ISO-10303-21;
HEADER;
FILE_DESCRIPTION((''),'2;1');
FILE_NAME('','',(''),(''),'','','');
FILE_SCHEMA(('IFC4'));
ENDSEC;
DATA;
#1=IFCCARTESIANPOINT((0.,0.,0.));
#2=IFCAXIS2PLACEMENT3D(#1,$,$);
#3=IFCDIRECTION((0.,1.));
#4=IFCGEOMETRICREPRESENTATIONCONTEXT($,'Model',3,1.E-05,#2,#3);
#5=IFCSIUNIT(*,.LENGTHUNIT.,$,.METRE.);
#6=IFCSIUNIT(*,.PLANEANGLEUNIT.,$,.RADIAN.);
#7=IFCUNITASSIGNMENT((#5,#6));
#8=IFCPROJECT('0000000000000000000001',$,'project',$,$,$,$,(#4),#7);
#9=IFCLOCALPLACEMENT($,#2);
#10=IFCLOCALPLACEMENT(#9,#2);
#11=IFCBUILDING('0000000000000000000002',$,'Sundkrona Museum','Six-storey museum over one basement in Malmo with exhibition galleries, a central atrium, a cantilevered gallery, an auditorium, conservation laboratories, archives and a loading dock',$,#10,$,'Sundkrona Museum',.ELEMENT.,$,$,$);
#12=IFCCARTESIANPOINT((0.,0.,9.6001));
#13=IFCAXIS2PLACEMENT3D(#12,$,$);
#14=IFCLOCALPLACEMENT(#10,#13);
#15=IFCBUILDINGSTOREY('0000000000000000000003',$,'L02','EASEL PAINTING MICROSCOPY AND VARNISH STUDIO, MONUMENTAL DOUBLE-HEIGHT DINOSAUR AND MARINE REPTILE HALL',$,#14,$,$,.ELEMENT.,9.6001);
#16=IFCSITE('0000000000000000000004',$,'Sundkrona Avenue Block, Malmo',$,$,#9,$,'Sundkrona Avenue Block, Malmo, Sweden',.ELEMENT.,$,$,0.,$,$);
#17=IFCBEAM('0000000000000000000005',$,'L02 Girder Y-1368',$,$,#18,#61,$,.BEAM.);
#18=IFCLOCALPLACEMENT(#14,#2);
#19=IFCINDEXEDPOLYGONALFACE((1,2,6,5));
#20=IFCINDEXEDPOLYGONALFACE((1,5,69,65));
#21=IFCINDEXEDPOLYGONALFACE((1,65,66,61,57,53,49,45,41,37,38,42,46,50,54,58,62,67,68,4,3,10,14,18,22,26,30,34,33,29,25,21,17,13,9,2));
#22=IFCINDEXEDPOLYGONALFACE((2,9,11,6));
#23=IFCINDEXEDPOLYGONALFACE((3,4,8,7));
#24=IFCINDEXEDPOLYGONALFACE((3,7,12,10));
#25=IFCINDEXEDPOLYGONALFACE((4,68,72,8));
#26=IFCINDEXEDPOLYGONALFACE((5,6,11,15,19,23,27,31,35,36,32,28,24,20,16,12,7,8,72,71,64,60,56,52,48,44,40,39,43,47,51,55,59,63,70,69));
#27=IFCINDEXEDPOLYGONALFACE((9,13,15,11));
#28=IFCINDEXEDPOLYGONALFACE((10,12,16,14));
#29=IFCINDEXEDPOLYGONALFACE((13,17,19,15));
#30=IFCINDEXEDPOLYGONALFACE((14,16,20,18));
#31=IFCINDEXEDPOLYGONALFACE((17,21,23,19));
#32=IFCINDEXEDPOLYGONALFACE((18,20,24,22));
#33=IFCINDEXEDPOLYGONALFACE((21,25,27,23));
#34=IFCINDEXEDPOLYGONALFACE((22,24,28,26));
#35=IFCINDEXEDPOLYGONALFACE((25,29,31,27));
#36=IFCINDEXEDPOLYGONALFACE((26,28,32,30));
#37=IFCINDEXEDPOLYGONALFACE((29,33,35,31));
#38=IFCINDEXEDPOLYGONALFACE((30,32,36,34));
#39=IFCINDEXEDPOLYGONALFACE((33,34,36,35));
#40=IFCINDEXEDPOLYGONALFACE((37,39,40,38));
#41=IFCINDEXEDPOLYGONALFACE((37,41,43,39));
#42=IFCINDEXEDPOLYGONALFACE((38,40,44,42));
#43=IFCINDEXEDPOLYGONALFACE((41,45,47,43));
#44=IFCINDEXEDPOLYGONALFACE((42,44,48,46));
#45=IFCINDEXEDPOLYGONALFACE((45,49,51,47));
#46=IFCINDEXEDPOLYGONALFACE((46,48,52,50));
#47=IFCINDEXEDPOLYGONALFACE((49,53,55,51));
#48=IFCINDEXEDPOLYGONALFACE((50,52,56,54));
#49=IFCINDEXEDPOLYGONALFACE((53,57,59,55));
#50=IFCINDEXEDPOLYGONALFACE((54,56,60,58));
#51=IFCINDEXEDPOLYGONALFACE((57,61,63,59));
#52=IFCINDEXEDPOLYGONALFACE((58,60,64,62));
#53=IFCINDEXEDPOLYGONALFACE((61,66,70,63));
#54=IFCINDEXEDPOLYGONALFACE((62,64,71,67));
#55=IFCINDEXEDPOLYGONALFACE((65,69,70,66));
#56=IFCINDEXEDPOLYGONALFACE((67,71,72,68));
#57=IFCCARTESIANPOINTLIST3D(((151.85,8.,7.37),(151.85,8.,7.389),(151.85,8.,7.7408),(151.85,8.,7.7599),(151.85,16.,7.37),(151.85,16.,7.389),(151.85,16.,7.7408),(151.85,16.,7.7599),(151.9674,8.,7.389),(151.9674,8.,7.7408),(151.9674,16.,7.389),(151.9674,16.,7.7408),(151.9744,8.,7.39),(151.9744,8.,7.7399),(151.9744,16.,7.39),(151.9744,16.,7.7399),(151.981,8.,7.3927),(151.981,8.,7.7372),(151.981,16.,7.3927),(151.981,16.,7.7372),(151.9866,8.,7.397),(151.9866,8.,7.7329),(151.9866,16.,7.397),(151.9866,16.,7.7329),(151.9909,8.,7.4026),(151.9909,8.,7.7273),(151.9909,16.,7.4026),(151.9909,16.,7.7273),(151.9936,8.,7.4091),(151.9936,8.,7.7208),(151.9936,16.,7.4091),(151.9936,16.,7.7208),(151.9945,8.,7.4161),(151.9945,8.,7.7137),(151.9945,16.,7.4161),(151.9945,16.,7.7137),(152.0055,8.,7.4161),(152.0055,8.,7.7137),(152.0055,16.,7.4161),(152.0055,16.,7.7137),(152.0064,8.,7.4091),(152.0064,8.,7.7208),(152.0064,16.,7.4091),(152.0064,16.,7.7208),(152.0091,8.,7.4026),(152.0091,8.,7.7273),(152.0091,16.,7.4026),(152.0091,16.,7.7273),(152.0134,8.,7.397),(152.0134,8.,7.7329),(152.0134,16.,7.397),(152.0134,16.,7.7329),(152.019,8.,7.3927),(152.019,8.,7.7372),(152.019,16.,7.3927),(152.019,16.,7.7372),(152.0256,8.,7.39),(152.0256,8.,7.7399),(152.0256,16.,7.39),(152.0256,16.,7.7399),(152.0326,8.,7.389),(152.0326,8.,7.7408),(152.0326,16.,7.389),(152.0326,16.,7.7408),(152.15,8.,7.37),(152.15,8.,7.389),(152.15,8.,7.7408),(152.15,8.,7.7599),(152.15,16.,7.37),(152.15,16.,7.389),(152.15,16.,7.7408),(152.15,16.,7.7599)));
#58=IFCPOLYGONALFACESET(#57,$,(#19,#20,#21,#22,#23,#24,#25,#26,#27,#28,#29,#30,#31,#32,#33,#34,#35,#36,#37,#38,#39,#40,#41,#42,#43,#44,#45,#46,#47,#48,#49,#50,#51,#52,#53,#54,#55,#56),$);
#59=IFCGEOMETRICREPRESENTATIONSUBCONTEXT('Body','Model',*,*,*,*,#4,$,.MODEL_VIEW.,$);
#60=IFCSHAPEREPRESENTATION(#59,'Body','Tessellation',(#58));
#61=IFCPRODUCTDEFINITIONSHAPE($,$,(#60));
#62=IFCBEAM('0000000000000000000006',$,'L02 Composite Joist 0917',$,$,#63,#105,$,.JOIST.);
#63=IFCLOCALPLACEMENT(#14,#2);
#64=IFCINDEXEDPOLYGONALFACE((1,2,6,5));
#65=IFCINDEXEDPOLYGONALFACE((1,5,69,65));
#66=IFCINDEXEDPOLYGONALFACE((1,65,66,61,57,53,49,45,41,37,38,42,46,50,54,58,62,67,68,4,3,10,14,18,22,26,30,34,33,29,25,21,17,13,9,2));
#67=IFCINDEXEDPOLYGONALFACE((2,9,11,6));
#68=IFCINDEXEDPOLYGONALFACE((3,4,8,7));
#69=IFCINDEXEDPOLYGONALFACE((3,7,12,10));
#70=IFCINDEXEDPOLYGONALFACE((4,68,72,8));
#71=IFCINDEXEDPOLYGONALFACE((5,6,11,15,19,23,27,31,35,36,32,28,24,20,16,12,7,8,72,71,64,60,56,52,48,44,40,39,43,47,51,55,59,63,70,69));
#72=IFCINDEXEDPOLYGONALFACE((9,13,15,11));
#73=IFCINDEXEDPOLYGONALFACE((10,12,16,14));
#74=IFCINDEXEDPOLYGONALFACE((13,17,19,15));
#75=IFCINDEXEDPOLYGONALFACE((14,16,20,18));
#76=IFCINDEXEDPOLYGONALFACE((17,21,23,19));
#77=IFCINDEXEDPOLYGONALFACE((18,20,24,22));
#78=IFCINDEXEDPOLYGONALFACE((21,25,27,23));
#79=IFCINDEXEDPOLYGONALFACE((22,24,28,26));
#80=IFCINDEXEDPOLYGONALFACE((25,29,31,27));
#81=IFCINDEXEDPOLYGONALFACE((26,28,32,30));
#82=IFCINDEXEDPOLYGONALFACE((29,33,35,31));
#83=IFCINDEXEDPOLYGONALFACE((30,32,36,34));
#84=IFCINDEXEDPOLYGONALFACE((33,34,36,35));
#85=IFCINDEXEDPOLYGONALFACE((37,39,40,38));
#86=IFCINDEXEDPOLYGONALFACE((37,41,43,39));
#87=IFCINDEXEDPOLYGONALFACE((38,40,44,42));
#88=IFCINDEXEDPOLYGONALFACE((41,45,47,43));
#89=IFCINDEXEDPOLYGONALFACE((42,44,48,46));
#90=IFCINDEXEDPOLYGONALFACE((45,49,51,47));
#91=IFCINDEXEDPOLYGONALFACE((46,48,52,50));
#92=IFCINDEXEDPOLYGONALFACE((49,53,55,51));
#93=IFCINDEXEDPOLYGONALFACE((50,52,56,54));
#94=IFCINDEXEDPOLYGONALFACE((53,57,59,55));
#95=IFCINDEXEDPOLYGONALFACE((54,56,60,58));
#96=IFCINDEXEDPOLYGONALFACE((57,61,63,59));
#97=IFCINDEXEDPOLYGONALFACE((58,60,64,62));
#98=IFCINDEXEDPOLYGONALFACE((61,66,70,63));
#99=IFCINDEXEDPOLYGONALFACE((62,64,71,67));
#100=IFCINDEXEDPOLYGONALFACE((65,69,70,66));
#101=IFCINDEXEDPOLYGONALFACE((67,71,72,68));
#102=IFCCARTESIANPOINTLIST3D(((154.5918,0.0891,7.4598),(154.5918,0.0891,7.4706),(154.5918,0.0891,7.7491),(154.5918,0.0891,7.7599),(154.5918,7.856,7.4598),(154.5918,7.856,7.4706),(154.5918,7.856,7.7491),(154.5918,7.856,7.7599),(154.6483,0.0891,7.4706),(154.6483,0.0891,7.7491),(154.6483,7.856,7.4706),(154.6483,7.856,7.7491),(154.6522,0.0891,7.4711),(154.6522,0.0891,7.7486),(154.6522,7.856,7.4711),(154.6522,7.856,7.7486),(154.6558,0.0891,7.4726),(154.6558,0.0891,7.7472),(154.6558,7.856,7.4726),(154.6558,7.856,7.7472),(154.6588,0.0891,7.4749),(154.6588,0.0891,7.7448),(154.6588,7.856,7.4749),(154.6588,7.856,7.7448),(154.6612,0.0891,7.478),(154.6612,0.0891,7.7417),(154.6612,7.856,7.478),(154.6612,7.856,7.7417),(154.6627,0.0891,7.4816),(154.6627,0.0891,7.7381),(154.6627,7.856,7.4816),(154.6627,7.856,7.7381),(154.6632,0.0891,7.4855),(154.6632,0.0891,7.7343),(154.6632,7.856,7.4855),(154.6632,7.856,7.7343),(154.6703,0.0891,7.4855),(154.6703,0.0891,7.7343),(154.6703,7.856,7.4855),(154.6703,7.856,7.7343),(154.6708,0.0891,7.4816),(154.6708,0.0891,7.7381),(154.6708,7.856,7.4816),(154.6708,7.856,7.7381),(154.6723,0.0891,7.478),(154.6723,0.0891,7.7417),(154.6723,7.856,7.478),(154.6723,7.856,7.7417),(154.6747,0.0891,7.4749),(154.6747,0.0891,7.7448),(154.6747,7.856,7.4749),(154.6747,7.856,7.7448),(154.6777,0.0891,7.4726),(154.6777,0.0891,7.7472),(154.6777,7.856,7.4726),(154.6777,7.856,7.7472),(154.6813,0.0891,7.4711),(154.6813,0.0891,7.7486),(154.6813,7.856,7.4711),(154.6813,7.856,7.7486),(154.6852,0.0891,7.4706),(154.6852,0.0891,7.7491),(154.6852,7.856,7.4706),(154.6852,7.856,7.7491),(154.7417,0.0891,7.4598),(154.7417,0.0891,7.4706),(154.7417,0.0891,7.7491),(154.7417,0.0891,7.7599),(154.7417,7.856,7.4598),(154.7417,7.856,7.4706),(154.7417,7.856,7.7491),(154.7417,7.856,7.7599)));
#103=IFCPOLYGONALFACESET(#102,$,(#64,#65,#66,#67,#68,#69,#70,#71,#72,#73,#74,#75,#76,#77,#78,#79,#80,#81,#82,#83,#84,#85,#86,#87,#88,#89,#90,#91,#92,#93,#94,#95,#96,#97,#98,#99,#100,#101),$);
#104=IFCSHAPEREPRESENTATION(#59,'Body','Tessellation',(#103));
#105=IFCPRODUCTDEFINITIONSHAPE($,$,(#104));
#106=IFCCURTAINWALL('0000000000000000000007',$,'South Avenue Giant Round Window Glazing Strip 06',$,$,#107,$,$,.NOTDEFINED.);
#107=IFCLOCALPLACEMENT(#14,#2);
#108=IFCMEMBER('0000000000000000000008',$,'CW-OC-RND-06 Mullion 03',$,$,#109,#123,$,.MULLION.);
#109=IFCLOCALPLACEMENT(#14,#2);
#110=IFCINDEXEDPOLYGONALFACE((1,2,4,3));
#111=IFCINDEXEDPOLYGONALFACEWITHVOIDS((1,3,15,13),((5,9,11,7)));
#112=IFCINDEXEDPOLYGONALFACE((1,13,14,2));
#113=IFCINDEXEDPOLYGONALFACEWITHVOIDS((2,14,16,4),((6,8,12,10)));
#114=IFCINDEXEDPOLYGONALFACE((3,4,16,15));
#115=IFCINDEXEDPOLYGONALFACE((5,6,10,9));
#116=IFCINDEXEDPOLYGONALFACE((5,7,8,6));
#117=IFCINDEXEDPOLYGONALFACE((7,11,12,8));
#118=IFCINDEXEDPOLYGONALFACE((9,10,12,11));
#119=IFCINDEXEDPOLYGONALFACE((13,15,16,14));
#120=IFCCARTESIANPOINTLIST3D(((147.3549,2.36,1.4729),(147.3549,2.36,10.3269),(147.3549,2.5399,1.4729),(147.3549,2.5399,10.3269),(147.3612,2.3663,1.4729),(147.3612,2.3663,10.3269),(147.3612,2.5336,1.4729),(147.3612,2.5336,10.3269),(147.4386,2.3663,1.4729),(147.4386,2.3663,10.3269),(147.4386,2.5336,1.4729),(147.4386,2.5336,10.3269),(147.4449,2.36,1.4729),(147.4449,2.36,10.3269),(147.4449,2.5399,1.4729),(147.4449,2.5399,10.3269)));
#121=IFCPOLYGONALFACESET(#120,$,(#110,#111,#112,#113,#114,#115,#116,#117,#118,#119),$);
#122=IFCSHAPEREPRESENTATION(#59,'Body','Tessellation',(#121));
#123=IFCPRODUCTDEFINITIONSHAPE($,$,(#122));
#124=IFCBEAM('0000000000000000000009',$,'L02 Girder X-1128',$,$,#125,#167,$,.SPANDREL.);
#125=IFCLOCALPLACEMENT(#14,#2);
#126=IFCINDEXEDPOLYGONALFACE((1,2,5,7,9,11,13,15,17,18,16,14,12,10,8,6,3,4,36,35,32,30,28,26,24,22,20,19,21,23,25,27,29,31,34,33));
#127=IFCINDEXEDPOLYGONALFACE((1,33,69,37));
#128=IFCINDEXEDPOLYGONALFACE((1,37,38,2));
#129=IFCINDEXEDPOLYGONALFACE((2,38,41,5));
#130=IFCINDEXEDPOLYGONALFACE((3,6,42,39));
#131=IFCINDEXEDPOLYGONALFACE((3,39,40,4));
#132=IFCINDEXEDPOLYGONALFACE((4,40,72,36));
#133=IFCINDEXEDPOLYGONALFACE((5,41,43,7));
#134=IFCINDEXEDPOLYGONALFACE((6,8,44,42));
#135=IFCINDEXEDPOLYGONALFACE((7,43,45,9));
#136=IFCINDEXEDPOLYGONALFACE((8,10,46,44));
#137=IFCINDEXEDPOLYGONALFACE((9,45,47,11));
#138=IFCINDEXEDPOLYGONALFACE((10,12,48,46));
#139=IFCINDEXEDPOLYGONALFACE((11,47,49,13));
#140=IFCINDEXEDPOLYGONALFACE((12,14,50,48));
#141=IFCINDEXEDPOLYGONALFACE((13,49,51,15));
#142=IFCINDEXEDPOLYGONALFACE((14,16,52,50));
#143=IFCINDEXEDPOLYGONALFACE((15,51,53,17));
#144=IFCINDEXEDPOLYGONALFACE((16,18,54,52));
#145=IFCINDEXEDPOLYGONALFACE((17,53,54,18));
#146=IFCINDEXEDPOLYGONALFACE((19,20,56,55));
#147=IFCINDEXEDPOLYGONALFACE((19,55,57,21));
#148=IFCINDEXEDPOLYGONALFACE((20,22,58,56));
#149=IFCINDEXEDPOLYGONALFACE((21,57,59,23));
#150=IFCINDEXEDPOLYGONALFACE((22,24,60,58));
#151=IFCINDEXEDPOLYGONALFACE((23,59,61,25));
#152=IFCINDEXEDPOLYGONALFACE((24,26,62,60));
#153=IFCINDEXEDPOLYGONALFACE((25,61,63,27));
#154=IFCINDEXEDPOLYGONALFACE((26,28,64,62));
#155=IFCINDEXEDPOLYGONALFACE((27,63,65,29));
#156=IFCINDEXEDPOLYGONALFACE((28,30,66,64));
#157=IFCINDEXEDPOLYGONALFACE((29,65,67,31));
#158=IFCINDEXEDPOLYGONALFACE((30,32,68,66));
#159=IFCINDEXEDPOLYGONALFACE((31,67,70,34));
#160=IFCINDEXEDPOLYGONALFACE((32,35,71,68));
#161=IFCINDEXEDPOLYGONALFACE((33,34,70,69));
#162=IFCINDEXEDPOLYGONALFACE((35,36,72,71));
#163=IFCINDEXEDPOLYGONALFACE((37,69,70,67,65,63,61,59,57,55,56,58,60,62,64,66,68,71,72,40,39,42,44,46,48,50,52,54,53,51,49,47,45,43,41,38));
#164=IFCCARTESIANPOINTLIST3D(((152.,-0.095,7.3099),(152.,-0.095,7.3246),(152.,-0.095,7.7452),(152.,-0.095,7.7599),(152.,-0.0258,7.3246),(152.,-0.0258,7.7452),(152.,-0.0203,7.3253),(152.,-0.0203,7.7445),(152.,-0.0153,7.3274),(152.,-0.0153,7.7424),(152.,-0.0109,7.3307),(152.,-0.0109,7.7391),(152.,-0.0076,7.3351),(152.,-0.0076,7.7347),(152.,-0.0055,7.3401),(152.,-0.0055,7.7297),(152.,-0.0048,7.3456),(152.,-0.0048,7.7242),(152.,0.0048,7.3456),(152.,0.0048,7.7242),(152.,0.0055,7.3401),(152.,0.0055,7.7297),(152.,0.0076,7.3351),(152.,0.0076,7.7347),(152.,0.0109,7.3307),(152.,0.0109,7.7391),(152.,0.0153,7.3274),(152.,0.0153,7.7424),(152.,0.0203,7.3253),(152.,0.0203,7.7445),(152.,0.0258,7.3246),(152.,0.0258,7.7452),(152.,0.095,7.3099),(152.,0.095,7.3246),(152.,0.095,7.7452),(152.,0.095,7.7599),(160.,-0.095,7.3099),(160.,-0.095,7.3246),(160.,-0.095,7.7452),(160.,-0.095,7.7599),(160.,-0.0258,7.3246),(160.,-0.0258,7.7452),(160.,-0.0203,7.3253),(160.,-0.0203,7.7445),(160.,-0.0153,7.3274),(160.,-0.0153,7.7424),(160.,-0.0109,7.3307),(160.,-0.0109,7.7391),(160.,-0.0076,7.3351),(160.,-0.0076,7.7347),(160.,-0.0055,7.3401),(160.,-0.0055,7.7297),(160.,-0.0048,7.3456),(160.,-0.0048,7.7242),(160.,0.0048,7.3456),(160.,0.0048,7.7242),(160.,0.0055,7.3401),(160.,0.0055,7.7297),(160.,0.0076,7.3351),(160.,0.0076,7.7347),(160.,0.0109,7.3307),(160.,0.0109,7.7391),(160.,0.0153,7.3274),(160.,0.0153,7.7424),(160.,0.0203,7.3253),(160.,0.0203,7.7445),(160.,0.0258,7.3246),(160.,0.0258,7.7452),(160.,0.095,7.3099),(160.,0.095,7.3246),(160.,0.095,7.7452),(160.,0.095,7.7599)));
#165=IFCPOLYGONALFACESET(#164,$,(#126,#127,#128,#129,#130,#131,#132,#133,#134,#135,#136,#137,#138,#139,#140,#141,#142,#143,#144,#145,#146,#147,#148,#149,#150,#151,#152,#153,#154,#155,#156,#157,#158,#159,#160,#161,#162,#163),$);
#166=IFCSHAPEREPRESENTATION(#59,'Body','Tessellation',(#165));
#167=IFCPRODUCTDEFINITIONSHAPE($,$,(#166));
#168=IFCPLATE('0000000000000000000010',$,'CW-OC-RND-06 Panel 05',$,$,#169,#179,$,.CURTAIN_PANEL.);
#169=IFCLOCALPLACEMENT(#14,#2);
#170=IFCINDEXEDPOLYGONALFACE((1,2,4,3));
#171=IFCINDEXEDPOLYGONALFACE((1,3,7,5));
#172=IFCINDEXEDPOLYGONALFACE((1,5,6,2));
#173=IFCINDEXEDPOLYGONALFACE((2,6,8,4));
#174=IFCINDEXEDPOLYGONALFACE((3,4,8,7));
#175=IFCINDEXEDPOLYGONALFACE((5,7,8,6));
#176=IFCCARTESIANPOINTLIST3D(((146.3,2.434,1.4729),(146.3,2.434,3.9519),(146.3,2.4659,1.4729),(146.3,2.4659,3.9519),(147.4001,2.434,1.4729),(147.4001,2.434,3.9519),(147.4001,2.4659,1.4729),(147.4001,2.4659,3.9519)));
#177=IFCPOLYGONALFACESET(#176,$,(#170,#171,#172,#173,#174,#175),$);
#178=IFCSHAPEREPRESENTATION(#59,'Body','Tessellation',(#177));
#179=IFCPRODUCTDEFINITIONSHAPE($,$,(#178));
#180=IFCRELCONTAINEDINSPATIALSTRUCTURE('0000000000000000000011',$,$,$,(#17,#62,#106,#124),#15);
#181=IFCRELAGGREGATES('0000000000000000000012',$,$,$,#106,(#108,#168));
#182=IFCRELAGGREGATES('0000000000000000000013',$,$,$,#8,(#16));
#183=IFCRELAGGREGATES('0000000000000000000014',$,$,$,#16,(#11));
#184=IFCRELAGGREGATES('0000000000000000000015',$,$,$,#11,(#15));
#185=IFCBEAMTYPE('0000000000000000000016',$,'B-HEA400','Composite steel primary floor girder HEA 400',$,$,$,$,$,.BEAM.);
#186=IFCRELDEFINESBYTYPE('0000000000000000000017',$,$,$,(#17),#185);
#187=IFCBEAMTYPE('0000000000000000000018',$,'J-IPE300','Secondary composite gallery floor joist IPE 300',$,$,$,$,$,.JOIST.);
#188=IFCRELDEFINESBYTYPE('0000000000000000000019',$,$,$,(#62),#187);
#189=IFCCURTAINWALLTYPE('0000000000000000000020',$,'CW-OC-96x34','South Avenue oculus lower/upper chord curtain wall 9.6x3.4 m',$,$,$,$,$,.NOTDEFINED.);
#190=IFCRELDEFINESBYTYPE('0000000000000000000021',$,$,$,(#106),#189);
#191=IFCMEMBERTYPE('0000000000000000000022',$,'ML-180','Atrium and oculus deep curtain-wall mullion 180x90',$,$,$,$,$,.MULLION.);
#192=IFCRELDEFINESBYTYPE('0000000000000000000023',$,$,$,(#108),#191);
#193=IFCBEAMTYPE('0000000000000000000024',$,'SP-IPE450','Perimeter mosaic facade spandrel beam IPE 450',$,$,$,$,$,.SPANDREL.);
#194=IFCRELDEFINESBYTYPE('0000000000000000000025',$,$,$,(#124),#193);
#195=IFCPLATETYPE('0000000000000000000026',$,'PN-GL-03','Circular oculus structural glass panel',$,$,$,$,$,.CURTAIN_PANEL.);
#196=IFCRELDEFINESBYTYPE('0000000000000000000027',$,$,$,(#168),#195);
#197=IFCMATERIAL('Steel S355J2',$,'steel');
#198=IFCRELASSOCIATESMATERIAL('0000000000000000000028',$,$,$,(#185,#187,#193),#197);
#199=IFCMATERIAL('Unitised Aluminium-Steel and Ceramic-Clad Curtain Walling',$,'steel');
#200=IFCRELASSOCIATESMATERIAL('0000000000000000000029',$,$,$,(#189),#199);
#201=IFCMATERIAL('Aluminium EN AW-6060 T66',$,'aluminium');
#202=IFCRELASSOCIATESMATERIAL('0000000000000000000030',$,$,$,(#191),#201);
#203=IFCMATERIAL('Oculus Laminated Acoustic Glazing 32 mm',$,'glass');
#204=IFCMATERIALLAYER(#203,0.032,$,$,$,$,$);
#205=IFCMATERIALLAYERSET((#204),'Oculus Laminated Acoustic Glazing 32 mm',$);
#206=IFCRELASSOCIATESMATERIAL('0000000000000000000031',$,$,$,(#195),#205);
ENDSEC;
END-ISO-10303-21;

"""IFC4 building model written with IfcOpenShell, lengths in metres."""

from ifc_helpers import new_model, si_unit, direction, frame, origin, origin_2d, place, context, subcontext, project, spatial, rectangle, hollow_rectangle, i_section, extrude, material, layer, layer_set, material_profile, profile_set, type_object, element, aggregate, save


model = new_model("IFC4")

# Units and contexts
model_context = context("Model", 3, precision=1e-05, world=origin(), true_north=direction((0.0, 1.0)))
body_context = subcontext(model_context, "Body", "Model", "MODEL_VIEW")
ifc_project = project(units=[si_unit("LENGTHUNIT", "METRE"), si_unit("PLANEANGLEUNIT", "RADIAN")], contexts=[model_context])

# Site, building, storey
site_placement = place(None, origin())
site = spatial("IfcSite", under=ifc_project, at=site_placement, Name="Sundkrona Avenue Block, Malmo", LongName="Sundkrona Avenue Block, Malmo, Sweden", CompositionType="ELEMENT", RefElevation=0.0)
building_placement = place(site_placement, origin())
building = spatial("IfcBuilding", under=site, at=building_placement, Name="Sundkrona Museum", Description="Six-storey museum over one basement in Malmo with exhibition galleries, a central atrium, a cantilevered gallery, an auditorium, conservation laboratories, archives and a loading dock", LongName="Sundkrona Museum", CompositionType="ELEMENT")
storey_placement = place(building_placement, frame((0.0, 0.0, 9.6001)))
storey = spatial("IfcBuildingStorey", under=building, at=storey_placement, Name="L02", Description="EASEL PAINTING MICROSCOPY AND VARNISH STUDIO, MONUMENTAL DOUBLE-HEIGHT DINOSAUR AND MARINE REPTILE HALL", CompositionType="ELEMENT", Elevation=9.6001)

# Shared definitions
ifc_material_1 = material(Name="Steel S355J2", Category="steel")

# Beams
ifc_material_profile_1 = material_profile(ifc_material_1, i_section(OverallWidth=0.3, OverallDepth=0.3899, WebThickness=0.011, FlangeThickness=0.019, FilletRadius=0.0271, at=origin_2d()), Name="HEA 400")
ifc_profile_set_1 = profile_set([ifc_material_profile_1], Name="Steel S355J2")
beam_type_1 = type_object("IfcBeamType", Name="B-HEA400", Description="Composite steel primary floor girder HEA 400", PredefinedType="BEAM", material=ifc_profile_set_1)
for number, where, z_axis, x_axis, name in (
    (1, (152.0, 8.0, 7.5649), (0.0, 1.0, 0.0), (-1.0, 0.0, 0.0), "L02 Girder Y-1368"),
):
    element("IfcBeam", number, at=place(storey_placement, frame(where, z_axis=z_axis, x_axis=x_axis)), inside=storey, type_object=beam_type_1, Name=name, PredefinedType="BEAM", context=body_context, shape_type="SweptSolid", body=[
        extrude(i_section(OverallWidth=0.3, OverallDepth=0.3899, WebThickness=0.011, FlangeThickness=0.019, FilletRadius=0.0271, at=origin_2d()), origin(), (0.0, 0.0, 1.0), 8.0),
    ])
ifc_material_profile_2 = material_profile(ifc_material_1, i_section(OverallWidth=0.1499, OverallDepth=0.3, WebThickness=0.0071, FlangeThickness=0.0107, FilletRadius=0.0149, at=origin_2d()), Name="IPE 300")
ifc_profile_set_2 = profile_set([ifc_material_profile_2], Name="Steel S355J2")
beam_type_2 = type_object("IfcBeamType", Name="J-IPE300", Description="Secondary composite gallery floor joist IPE 300", PredefinedType="JOIST", material=ifc_profile_set_2)
beam_1_placement = place(storey_placement, frame((154.6667, 0.0891, 7.6099), z_axis=(0.0, 1.0, 0.0), x_axis=(-1.0, 0.0, 0.0)))
element("IfcBeam", 2, at=beam_1_placement, inside=storey, type_object=beam_type_2, Name="L02 Composite Joist 0917", PredefinedType="JOIST", context=body_context, shape_type="SweptSolid", body=[
    extrude(i_section(OverallWidth=0.1499, OverallDepth=0.3, WebThickness=0.0071, FlangeThickness=0.0107, FilletRadius=0.0149, at=origin_2d()), origin(), (0.0, 0.0, 1.0), 7.7668),
])

# Curtain wall, member
ifc_material_2 = material(Name="Unitised Aluminium-Steel and Ceramic-Clad Curtain Walling", Category="steel")
curtain_wall_type = type_object("IfcCurtainWallType", Name="CW-OC-96x34", Description="South Avenue oculus lower/upper chord curtain wall 9.6x3.4 m", PredefinedType="NOTDEFINED", material=ifc_material_2)
curtain_wall_placement = place(storey_placement, origin())
curtain_wall = element("IfcCurtainWall", 3, at=curtain_wall_placement, inside=storey, type_object=curtain_wall_type, Name="South Avenue Giant Round Window Glazing Strip 06", PredefinedType="NOTDEFINED")
ifc_material_3 = material(Name="Aluminium EN AW-6060 T66", Category="aluminium")
ifc_material_profile_3 = material_profile(ifc_material_3, hollow_rectangle(XDim=0.0901, YDim=0.1799, WallThickness=0.0063, at=origin_2d()), Name="RHS 180x90x6.3")
ifc_profile_set_3 = profile_set([ifc_material_profile_3], Name="Aluminium EN AW-6060 T66")
member_type = type_object("IfcMemberType", Name="ML-180", Description="Atrium and oculus deep curtain-wall mullion 180x90", PredefinedType="MULLION", material=ifc_profile_set_3)
member_placement = place(storey_placement, frame((147.3999, 2.45, 1.4729), z_axis=(0.0, 0.0, 1.0), x_axis=(1.0, 0.0, 0.0)))
member = element("IfcMember", 4, at=member_placement, type_object=member_type, Name="CW-OC-RND-06 Mullion 03", PredefinedType="MULLION", context=body_context, shape_type="SweptSolid", body=[
    extrude(hollow_rectangle(XDim=0.0901, YDim=0.1799, WallThickness=0.0063, at=origin_2d()), origin(), (0.0, 0.0, 1.0), 8.854),
])

# Beam
ifc_material_profile_4 = material_profile(ifc_material_1, i_section(OverallWidth=0.1899, OverallDepth=0.45, WebThickness=0.0095, FlangeThickness=0.0146, FilletRadius=0.021, at=origin_2d()), Name="IPE 450")
ifc_profile_set_4 = profile_set([ifc_material_profile_4], Name="Steel S355J2")
beam_type_3 = type_object("IfcBeamType", Name="SP-IPE450", Description="Perimeter mosaic facade spandrel beam IPE 450", PredefinedType="SPANDREL", material=ifc_profile_set_4)
beam_2_placement = place(storey_placement, frame((152.0, 0.0, 7.5349), z_axis=(1.0, 0.0, 0.0), x_axis=(0.0, 1.0, 0.0)))
element("IfcBeam", 5, at=beam_2_placement, inside=storey, type_object=beam_type_3, Name="L02 Girder X-1128", PredefinedType="SPANDREL", context=body_context, shape_type="SweptSolid", body=[
    extrude(i_section(OverallWidth=0.1899, OverallDepth=0.45, WebThickness=0.0095, FlangeThickness=0.0146, FilletRadius=0.021, at=origin_2d()), origin(), (0.0, 0.0, 1.0), 8.0),
])

# Plate
ifc_material_4 = material(Name="Oculus Laminated Acoustic Glazing 32 mm", Category="glass")
ifc_layer_1 = layer(ifc_material_4, 0.032)
ifc_layer_set_1 = layer_set([ifc_layer_1], Name="Oculus Laminated Acoustic Glazing 32 mm")
plate_type = type_object("IfcPlateType", Name="PN-GL-03", Description="Circular oculus structural glass panel", PredefinedType="CURTAIN_PANEL", material=ifc_layer_set_1)
plate_1_placement = place(storey_placement, frame((146.8501, 2.45, 1.4729), z_axis=(0.0, 0.0, 1.0), x_axis=(1.0, 0.0, 0.0)))
plate_1 = element("IfcPlate", 6, at=plate_1_placement, type_object=plate_type, Name="CW-OC-RND-06 Panel 05", PredefinedType="CURTAIN_PANEL", context=body_context, shape_type="SweptSolid", body=[
    extrude(rectangle(XDim=1.1001, YDim=0.032, at=origin_2d()), origin(), (0.0, 0.0, 1.0), 2.479),
])
aggregate(curtain_wall, [member, plate_1])

save(model, "model.ifc")
